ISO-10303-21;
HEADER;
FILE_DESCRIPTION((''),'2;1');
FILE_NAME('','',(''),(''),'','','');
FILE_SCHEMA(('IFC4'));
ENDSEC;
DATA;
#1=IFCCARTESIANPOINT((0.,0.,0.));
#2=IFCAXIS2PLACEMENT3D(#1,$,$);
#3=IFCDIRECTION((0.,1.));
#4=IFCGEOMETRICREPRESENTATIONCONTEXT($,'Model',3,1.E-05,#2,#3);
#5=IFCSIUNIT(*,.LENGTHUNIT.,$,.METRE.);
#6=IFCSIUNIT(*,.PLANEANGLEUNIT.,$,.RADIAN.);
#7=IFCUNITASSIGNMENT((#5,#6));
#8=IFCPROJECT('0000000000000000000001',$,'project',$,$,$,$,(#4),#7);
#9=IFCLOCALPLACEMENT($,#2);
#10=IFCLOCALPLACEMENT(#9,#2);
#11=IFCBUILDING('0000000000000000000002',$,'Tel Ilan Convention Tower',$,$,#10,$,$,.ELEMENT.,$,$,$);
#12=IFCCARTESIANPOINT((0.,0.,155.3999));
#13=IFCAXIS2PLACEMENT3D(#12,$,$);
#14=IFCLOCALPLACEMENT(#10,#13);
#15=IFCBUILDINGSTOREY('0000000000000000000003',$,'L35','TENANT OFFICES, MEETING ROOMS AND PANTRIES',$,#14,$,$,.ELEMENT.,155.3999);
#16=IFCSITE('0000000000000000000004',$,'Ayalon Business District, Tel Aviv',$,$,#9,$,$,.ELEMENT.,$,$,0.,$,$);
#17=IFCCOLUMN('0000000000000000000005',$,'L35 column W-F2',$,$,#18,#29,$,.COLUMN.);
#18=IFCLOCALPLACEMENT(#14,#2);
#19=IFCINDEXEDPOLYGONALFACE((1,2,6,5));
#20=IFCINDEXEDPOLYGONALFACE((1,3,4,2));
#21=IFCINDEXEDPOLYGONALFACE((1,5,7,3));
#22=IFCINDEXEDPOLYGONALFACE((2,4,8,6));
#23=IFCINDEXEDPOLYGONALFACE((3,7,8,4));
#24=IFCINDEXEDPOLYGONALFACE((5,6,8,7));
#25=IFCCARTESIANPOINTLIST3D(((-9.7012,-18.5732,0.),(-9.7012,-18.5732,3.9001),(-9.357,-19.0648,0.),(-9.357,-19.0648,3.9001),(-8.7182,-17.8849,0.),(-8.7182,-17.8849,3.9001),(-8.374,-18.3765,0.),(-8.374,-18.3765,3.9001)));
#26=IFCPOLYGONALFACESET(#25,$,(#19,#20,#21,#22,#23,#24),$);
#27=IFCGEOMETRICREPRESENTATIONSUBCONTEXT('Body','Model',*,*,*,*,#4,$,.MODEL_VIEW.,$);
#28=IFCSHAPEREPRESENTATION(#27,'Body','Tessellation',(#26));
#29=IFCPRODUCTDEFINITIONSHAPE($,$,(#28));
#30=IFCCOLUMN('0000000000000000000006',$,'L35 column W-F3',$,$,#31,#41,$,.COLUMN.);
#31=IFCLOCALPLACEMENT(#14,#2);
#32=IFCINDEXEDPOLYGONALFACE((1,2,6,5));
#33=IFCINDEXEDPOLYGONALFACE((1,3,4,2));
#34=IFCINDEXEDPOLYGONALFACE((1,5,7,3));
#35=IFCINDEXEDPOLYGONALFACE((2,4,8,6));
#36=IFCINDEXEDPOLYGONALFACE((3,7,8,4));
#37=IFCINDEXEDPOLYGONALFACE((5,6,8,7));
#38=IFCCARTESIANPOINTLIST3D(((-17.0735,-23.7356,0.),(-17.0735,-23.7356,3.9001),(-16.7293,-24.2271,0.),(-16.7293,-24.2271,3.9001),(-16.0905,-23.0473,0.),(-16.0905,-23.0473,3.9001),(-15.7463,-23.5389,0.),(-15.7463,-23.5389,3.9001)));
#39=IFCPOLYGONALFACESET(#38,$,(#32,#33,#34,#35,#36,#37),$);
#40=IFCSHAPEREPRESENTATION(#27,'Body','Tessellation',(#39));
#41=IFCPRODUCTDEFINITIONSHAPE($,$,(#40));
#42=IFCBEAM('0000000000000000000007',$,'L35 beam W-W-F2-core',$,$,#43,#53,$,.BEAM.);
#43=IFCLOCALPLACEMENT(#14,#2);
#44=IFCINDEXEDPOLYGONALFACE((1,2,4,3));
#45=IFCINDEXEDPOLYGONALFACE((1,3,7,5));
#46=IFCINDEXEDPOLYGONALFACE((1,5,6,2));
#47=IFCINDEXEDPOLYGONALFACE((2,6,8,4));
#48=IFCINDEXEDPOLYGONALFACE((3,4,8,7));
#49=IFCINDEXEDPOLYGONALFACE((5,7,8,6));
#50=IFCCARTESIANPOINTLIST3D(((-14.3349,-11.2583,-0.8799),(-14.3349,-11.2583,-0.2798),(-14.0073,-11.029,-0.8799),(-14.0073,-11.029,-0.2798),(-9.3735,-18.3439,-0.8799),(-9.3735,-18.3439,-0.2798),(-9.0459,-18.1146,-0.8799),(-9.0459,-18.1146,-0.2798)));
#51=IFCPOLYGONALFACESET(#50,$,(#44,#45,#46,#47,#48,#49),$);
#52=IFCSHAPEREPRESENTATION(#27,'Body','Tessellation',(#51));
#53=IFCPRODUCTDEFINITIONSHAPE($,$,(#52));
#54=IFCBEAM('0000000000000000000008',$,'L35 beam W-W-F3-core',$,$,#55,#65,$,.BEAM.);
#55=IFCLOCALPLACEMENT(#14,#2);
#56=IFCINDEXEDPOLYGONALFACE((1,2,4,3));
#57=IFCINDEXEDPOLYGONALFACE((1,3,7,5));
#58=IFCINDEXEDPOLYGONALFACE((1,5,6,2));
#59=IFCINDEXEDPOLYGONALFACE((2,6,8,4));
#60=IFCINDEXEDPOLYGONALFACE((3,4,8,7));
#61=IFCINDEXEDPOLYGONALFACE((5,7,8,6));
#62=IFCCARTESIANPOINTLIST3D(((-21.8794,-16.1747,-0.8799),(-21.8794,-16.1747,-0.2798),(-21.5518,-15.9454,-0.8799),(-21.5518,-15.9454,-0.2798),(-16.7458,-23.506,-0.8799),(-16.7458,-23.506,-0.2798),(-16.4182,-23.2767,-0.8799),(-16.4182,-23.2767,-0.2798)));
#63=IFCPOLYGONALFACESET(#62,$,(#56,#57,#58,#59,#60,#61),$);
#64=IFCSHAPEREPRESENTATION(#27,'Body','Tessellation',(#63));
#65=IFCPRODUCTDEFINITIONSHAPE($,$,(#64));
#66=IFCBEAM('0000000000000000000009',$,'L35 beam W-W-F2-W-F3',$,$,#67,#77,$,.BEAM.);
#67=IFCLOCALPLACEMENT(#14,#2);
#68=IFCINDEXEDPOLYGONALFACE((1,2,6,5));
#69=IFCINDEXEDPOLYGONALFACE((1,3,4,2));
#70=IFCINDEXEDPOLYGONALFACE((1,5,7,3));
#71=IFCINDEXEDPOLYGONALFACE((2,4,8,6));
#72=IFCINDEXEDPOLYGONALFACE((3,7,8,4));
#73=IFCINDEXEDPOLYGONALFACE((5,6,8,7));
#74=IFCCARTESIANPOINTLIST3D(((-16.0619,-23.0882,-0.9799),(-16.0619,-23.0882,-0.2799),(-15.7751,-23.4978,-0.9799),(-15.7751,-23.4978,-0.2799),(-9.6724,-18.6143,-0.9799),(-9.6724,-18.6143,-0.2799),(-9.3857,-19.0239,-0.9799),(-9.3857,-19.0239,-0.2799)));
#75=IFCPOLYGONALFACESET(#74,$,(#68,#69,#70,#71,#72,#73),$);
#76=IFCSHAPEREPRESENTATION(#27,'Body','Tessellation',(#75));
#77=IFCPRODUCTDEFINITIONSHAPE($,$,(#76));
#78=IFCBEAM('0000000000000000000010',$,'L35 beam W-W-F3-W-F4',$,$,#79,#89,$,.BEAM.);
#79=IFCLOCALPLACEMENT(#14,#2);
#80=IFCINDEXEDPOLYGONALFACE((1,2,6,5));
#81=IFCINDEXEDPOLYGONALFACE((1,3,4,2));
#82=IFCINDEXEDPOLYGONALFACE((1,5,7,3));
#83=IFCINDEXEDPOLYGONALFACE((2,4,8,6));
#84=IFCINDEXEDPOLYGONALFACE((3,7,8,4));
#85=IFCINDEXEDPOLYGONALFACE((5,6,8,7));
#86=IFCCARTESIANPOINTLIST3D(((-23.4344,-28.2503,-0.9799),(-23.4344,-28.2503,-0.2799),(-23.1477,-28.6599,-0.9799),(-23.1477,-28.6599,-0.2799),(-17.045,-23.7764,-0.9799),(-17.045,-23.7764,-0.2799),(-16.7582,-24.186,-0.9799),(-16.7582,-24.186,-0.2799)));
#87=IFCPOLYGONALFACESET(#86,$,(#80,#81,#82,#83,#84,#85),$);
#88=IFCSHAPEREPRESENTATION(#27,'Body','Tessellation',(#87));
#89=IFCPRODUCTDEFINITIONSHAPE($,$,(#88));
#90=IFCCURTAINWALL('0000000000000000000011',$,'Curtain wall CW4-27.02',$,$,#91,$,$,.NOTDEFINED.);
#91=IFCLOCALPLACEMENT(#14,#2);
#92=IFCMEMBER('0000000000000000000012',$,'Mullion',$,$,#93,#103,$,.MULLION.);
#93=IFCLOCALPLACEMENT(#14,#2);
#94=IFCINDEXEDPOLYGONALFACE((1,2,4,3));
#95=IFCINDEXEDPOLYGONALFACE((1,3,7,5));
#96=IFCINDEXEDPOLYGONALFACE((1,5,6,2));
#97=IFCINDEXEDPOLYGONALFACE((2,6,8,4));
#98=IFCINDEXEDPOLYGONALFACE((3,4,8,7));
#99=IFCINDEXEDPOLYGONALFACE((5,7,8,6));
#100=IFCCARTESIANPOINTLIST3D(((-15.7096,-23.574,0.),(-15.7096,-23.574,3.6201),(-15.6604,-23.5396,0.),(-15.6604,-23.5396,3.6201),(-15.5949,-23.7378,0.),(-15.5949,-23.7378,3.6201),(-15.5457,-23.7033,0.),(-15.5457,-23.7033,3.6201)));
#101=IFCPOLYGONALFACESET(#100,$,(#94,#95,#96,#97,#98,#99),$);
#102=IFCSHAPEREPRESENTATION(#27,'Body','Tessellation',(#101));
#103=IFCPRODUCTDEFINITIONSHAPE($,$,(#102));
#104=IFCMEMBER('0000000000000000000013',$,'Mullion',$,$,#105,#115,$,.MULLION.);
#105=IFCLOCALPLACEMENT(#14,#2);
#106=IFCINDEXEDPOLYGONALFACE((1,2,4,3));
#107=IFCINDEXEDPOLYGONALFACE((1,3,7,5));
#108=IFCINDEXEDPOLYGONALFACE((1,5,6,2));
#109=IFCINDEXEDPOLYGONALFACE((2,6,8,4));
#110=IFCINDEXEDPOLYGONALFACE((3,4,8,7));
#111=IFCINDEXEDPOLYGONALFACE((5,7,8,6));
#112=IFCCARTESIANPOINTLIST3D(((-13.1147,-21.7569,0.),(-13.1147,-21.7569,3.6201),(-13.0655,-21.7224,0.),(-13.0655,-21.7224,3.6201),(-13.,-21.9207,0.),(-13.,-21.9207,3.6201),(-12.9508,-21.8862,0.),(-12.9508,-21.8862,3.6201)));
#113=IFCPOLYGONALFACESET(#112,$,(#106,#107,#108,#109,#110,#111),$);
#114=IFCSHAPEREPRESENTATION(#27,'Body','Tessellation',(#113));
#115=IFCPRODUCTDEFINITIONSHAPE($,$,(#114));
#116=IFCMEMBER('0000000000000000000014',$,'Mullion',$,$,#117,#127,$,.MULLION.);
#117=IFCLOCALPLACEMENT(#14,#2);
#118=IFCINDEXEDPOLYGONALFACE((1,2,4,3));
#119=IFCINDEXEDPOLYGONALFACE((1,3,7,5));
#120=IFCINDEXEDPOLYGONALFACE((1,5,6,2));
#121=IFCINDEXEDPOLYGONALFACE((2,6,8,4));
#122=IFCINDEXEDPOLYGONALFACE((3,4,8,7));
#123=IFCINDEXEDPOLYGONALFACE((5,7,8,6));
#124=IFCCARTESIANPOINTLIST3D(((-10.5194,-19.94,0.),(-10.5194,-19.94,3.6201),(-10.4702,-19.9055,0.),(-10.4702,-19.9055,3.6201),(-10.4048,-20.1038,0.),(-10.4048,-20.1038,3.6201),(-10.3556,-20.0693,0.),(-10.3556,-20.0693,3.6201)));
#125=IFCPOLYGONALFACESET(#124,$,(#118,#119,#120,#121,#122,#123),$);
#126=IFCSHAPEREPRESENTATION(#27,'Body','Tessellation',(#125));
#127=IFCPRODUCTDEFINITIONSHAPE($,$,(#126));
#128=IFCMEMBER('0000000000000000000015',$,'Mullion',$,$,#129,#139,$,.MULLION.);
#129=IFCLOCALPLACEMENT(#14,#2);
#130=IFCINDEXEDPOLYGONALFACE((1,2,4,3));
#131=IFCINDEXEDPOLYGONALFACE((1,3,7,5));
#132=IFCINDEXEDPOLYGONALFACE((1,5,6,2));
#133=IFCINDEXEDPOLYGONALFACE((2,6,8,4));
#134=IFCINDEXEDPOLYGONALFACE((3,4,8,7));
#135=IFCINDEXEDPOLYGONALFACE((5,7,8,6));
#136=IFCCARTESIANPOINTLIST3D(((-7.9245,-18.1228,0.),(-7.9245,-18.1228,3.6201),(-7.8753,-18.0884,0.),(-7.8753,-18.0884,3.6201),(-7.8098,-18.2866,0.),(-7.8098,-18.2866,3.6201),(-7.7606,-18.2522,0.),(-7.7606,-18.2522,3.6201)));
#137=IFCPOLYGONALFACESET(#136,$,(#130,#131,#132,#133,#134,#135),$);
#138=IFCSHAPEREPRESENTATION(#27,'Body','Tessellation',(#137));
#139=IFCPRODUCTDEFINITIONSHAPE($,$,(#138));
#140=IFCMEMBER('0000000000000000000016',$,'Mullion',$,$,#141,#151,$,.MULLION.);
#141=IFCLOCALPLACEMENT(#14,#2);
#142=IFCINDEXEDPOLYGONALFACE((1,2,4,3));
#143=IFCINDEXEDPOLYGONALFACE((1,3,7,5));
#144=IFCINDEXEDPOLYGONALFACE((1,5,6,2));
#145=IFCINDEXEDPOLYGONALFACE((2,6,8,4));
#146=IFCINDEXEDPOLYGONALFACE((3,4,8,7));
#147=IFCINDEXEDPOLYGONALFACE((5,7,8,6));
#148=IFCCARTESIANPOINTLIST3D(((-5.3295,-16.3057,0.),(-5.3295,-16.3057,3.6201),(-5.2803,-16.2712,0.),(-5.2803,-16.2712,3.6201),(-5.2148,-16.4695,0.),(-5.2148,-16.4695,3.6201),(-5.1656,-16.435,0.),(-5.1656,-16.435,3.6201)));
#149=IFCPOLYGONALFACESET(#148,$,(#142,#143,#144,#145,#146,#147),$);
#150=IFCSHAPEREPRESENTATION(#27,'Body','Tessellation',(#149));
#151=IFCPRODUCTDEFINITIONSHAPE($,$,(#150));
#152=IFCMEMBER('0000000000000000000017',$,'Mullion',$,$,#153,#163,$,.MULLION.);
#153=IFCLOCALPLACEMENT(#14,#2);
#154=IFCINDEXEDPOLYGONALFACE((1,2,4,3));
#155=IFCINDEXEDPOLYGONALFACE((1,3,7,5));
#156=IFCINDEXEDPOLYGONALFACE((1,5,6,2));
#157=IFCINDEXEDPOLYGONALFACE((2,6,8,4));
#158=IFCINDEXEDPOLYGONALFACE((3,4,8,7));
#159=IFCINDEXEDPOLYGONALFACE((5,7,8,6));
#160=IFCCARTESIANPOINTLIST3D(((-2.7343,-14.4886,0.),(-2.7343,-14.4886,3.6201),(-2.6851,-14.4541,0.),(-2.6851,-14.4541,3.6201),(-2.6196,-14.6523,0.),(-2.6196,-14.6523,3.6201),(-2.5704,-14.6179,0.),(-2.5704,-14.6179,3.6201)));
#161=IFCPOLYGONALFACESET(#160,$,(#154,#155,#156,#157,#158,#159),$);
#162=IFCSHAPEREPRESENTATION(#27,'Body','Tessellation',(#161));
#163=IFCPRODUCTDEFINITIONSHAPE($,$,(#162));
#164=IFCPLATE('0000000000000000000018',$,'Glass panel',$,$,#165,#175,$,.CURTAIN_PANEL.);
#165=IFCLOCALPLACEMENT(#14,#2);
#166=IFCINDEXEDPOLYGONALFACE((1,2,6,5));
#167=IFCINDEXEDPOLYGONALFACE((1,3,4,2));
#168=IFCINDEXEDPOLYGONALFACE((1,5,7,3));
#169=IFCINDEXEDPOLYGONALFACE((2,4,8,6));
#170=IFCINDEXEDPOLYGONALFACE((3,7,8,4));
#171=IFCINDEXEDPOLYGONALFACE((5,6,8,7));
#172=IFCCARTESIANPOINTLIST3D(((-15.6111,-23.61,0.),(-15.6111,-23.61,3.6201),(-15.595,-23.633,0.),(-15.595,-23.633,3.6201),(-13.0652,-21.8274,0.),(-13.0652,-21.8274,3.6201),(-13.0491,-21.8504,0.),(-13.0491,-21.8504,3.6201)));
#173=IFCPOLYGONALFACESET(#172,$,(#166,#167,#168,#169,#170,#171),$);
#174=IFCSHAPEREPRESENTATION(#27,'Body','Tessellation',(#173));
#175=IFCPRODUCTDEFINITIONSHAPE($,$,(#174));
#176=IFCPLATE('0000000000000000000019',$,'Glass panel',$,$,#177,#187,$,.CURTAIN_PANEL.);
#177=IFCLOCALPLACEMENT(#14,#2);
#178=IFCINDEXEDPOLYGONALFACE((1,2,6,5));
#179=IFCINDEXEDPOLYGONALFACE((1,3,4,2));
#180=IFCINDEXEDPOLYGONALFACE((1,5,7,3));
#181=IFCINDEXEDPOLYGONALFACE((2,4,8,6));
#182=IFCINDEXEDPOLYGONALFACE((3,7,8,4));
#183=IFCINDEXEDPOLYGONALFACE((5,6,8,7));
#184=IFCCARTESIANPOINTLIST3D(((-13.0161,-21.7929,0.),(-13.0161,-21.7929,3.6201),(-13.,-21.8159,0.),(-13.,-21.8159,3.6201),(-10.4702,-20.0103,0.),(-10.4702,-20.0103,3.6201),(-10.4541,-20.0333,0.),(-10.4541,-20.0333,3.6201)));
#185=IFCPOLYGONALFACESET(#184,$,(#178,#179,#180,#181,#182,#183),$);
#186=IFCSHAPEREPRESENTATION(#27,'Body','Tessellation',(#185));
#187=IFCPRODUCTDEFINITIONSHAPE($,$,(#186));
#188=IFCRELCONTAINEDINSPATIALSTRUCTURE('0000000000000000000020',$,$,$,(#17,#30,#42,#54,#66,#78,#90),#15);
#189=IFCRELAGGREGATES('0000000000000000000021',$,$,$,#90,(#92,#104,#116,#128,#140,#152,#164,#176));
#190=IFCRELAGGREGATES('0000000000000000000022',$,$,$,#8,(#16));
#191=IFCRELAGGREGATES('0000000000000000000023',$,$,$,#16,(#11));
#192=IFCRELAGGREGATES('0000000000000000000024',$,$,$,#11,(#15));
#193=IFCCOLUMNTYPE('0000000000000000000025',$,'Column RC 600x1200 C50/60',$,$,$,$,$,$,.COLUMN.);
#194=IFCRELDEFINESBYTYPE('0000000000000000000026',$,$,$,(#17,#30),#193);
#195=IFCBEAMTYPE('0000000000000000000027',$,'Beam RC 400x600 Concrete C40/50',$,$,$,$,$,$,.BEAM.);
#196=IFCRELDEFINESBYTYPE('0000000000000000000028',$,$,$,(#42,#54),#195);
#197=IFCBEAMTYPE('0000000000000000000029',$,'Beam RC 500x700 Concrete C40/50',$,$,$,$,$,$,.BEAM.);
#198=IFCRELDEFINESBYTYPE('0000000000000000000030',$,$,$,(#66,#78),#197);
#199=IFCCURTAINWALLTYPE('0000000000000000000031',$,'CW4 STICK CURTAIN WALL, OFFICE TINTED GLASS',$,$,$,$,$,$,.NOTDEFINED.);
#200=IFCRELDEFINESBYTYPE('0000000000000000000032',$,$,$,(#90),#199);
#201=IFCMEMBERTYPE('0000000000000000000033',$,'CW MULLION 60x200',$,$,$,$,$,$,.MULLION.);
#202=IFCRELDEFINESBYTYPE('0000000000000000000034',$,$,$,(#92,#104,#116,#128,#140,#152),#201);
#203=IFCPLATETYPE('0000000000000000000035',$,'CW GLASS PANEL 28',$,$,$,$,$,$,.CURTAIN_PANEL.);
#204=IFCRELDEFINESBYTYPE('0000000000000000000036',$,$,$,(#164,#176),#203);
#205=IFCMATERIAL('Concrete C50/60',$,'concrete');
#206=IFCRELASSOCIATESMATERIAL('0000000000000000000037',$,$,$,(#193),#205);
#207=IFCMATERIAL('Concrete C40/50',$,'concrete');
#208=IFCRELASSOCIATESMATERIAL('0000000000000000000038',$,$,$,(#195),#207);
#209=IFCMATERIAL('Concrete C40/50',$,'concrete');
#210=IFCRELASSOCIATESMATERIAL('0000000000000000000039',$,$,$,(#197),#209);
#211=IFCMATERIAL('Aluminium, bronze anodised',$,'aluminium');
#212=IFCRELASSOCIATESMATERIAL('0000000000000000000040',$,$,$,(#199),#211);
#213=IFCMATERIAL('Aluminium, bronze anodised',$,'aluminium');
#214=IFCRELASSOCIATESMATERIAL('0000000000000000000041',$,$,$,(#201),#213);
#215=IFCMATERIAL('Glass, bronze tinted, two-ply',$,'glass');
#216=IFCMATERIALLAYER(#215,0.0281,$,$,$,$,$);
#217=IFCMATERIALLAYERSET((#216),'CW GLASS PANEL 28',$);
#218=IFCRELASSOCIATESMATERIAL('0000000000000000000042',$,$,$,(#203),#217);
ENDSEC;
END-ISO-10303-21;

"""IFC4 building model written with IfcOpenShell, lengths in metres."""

from ifc_helpers import new_model, si_unit, direction, frame, origin, origin_2d, place, context, subcontext, project, spatial, rectangle, extrude, material, layer, layer_set, material_profile, profile_set, type_object, element, aggregate, save


model = new_model("IFC4")

# Units and contexts
model_context = context("Model", 3, precision=1e-05, world=origin(), true_north=direction((0.0, 1.0)))
body_context = subcontext(model_context, "Body", "Model", "MODEL_VIEW")
ifc_project = project(units=[si_unit("LENGTHUNIT", "METRE"), si_unit("PLANEANGLEUNIT", "RADIAN")], contexts=[model_context])

# Site, building, storey
site_placement = place(None, origin())
site = spatial("IfcSite", under=ifc_project, at=site_placement, Name="Ayalon Business District, Tel Aviv", CompositionType="ELEMENT", RefElevation=0.0)
building_placement = place(site_placement, origin())
building = spatial("IfcBuilding", under=site, at=building_placement, Name="Tel Ilan Convention Tower", CompositionType="ELEMENT")
storey_placement = place(building_placement, frame((0.0, 0.0, 155.3999)))
storey = spatial("IfcBuildingStorey", under=building, at=storey_placement, Name="L35", Description="TENANT OFFICES, MEETING ROOMS AND PANTRIES", CompositionType="ELEMENT", Elevation=155.3999)

# Columns
ifc_material_1 = material(Name="Concrete C50/60", Category="concrete")
ifc_material_profile_1 = material_profile(ifc_material_1, rectangle(XDim=1.2, YDim=0.6001, at=origin_2d()), Name="RC 600x1200")
ifc_profile_set_1 = profile_set([ifc_material_profile_1], Name="Concrete C50/60")
column_type = type_object("IfcColumnType", Name="Column RC 600x1200 C50/60", PredefinedType="COLUMN", material=ifc_profile_set_1)
for number, where, z_axis, x_axis, name in (
    (1, (-9.0376, -18.4749, 0.0), (0.0, 0.0, 1.0), (-0.819152, -0.573576, 0.0), "L35 column W-F2"),
    (2, (-16.4099, -23.6372, 0.0), (0.0, 0.0, 1.0), (-0.819152, -0.573576, 0.0), "L35 column W-F3"),
):
    element("IfcColumn", number, at=place(storey_placement, frame(where, z_axis=z_axis, x_axis=x_axis)), inside=storey, type_object=column_type, Name=name, PredefinedType="COLUMN", context=body_context, shape_type="SweptSolid", body=[
        extrude(rectangle(XDim=1.2, YDim=0.6001, at=origin_2d()), origin(), (0.0, 0.0, 1.0), 3.9001),
    ])

# Beams
ifc_material_2 = material(Name="Concrete C40/50", Category="concrete")
ifc_material_profile_2 = material_profile(ifc_material_2, rectangle(XDim=0.3999, YDim=0.6001, at=origin_2d()), Name="RC 400x600")
ifc_profile_set_2 = profile_set([ifc_material_profile_2], Name="Concrete C40/50")
beam_type_1 = type_object("IfcBeamType", Name="Beam RC 400x600 Concrete C40/50", PredefinedType="BEAM", material=ifc_profile_set_2)
beam_1_placement = place(storey_placement, frame((-9.2097, -18.2292, -0.5798), z_axis=(-0.573574, 0.819154, 0.0), x_axis=(-0.819154, -0.573574, 0.0)))
element("IfcBeam", 3, at=beam_1_placement, inside=storey, type_object=beam_type_1, Name="L35 beam W-W-F2-core", PredefinedType="BEAM", context=body_context, shape_type="SweptSolid", body=[
    extrude(rectangle(XDim=0.3999, YDim=0.6001, at=origin_2d()), origin(), (0.0, 0.0, 1.0), 8.6499),
])
beam_2_placement = place(storey_placement, frame((-16.582, -23.3914, -0.5798), z_axis=(-0.573585, 0.819146, 0.0), x_axis=(-0.819146, -0.573585, 0.0)))
element("IfcBeam", 4, at=beam_2_placement, inside=storey, type_object=beam_type_1, Name="L35 beam W-W-F3-core", PredefinedType="BEAM", context=body_context, shape_type="SweptSolid", body=[
    extrude(rectangle(XDim=0.3999, YDim=0.6001, at=origin_2d()), origin(), (0.0, 0.0, 1.0), 8.95),
])
ifc_material_3 = material(Name="Concrete C40/50", Category="concrete")
ifc_material_profile_3 = material_profile(ifc_material_3, rectangle(XDim=0.5, YDim=0.7, at=origin_2d()), Name="RC 500x700")
ifc_profile_set_3 = profile_set([ifc_material_profile_3], Name="Concrete C40/50")
beam_type_2 = type_object("IfcBeamType", Name="Beam RC 500x700 Concrete C40/50", PredefinedType="BEAM", material=ifc_profile_set_3)
for number, where, z_axis, x_axis, name in (
    (5, (-9.5291, -18.8191, -0.6299), (-0.819154, -0.573574, 0.0), (0.573574, -0.819154, 0.0), "L35 beam W-W-F2-W-F3"),
    (6, (-16.9016, -23.9812, -0.6299), (-0.819154, -0.573574, 0.0), (0.573574, -0.819154, 0.0), "L35 beam W-W-F3-W-F4"),
):
    element("IfcBeam", number, at=place(storey_placement, frame(where, z_axis=z_axis, x_axis=x_axis)), inside=storey, type_object=beam_type_2, Name=name, PredefinedType="BEAM", context=body_context, shape_type="SweptSolid", body=[
        extrude(rectangle(XDim=0.5, YDim=0.7, at=origin_2d()), origin(), (0.0, 0.0, 1.0), 7.8),
    ])

# Curtain wall, members, plates
ifc_material_4 = material(Name="Aluminium, bronze anodised", Category="aluminium")
curtain_wall_type = type_object("IfcCurtainWallType", Name="CW4 STICK CURTAIN WALL, OFFICE TINTED GLASS", PredefinedType="NOTDEFINED", material=ifc_material_4)
curtain_wall_placement = place(storey_placement, origin())
curtain_wall = element("IfcCurtainWall", 7, at=curtain_wall_placement, inside=storey, type_object=curtain_wall_type, Name="Curtain wall CW4-27.02", PredefinedType="NOTDEFINED")
ifc_material_5 = material(Name="Aluminium, bronze anodised", Category="aluminium")
ifc_material_profile_4 = material_profile(ifc_material_5, rectangle(XDim=0.0601, YDim=0.2, at=origin_2d()), Name="CW MULLION 60x200")
ifc_profile_set_4 = profile_set([ifc_material_profile_4], Name="Aluminium, bronze anodised")
member_type = type_object("IfcMemberType", Name="CW MULLION 60x200", PredefinedType="MULLION", material=ifc_profile_set_4)
member_1_placement = place(storey_placement, frame((-15.6277, -23.6387, 0.0), z_axis=(0.0, 0.0, 1.0), x_axis=(0.819152, 0.573576, 0.0)))
member_1 = element("IfcMember", 8, at=member_1_placement, type_object=member_type, Name="Mullion", PredefinedType="MULLION", context=body_context, shape_type="SweptSolid", body=[
    extrude(rectangle(XDim=0.0601, YDim=0.2, at=origin_2d()), origin(), (0.0, 0.0, 1.0), 3.6201),
])
member_2_placement = place(storey_placement, frame((-13.0327, -21.8215, 0.0), z_axis=(0.0, 0.0, 1.0), x_axis=(0.819152, 0.573576, 0.0)))
member_2 = element("IfcMember", 9, at=member_2_placement, type_object=member_type, Name="Mullion", PredefinedType="MULLION", context=body_context, shape_type="SweptSolid", body=[
    extrude(rectangle(XDim=0.0601, YDim=0.2, at=origin_2d()), origin(), (0.0, 0.0, 1.0), 3.6201),
])
member_3_placement = place(storey_placement, frame((-10.4375, -20.0046, 0.0), z_axis=(0.0, 0.0, 1.0), x_axis=(0.819152, 0.573576, 0.0)))
member_3 = element("IfcMember", 10, at=member_3_placement, type_object=member_type, Name="Mullion", PredefinedType="MULLION", context=body_context, shape_type="SweptSolid", body=[
    extrude(rectangle(XDim=0.0601, YDim=0.2, at=origin_2d()), origin(), (0.0, 0.0, 1.0), 3.6201),
])
member_4_placement = place(storey_placement, frame((-7.8425, -18.1875, 0.0), z_axis=(0.0, 0.0, 1.0), x_axis=(0.819152, 0.573576, 0.0)))
member_4 = element("IfcMember", 11, at=member_4_placement, type_object=member_type, Name="Mullion", PredefinedType="MULLION", context=body_context, shape_type="SweptSolid", body=[
    extrude(rectangle(XDim=0.0601, YDim=0.2, at=origin_2d()), origin(), (0.0, 0.0, 1.0), 3.6201),
])
member_5_placement = place(storey_placement, frame((-5.2476, -16.3704, 0.0), z_axis=(0.0, 0.0, 1.0), x_axis=(0.819152, 0.573576, 0.0)))
member_5 = element("IfcMember", 12, at=member_5_placement, type_object=member_type, Name="Mullion", PredefinedType="MULLION", context=body_context, shape_type="SweptSolid", body=[
    extrude(rectangle(XDim=0.0601, YDim=0.2, at=origin_2d()), origin(), (0.0, 0.0, 1.0), 3.6201),
])
member_6_placement = place(storey_placement, frame((-2.6523, -14.5532, 0.0), z_axis=(0.0, 0.0, 1.0), x_axis=(0.819152, 0.573576, 0.0)))
member_6 = element("IfcMember", 13, at=member_6_placement, type_object=member_type, Name="Mullion", PredefinedType="MULLION", context=body_context, shape_type="SweptSolid", body=[
    extrude(rectangle(XDim=0.0601, YDim=0.2, at=origin_2d()), origin(), (0.0, 0.0, 1.0), 3.6201),
])
ifc_material_6 = material(Name="Glass, bronze tinted, two-ply", Category="glass")
ifc_layer_1 = layer(ifc_material_6, 0.0281)
ifc_layer_set_1 = layer_set([ifc_layer_1], Name="CW GLASS PANEL 28")
plate_type = type_object("IfcPlateType", Name="CW GLASS PANEL 28", PredefinedType="CURTAIN_PANEL", material=ifc_layer_set_1)
plate_1_placement = place(storey_placement, frame((-14.3301, -22.7302, 0.0), z_axis=(0.0, 0.0, 1.0), x_axis=(0.819152, 0.573576, 0.0)))
plate_1 = element("IfcPlate", 14, at=plate_1_placement, type_object=plate_type, Name="Glass panel", PredefinedType="CURTAIN_PANEL", context=body_context, shape_type="SweptSolid", body=[
    extrude(rectangle(XDim=3.1079, YDim=0.0281, at=origin_2d()), origin(), (0.0, 0.0, 1.0), 3.6201),
])
plate_2_placement = place(storey_placement, frame((-11.7351, -20.9131, 0.0), z_axis=(0.0, 0.0, 1.0), x_axis=(0.819152, 0.573576, 0.0)))
plate_2 = element("IfcPlate", 15, at=plate_2_placement, type_object=plate_type, Name="Glass panel", PredefinedType="CURTAIN_PANEL", context=body_context, shape_type="SweptSolid", body=[
    extrude(rectangle(XDim=3.1079, YDim=0.0281, at=origin_2d()), origin(), (0.0, 0.0, 1.0), 3.6201),
])
aggregate(curtain_wall, [member_1, member_2, member_3, member_4, member_5, member_6, plate_1, plate_2])

save(model, "model.ifc")
